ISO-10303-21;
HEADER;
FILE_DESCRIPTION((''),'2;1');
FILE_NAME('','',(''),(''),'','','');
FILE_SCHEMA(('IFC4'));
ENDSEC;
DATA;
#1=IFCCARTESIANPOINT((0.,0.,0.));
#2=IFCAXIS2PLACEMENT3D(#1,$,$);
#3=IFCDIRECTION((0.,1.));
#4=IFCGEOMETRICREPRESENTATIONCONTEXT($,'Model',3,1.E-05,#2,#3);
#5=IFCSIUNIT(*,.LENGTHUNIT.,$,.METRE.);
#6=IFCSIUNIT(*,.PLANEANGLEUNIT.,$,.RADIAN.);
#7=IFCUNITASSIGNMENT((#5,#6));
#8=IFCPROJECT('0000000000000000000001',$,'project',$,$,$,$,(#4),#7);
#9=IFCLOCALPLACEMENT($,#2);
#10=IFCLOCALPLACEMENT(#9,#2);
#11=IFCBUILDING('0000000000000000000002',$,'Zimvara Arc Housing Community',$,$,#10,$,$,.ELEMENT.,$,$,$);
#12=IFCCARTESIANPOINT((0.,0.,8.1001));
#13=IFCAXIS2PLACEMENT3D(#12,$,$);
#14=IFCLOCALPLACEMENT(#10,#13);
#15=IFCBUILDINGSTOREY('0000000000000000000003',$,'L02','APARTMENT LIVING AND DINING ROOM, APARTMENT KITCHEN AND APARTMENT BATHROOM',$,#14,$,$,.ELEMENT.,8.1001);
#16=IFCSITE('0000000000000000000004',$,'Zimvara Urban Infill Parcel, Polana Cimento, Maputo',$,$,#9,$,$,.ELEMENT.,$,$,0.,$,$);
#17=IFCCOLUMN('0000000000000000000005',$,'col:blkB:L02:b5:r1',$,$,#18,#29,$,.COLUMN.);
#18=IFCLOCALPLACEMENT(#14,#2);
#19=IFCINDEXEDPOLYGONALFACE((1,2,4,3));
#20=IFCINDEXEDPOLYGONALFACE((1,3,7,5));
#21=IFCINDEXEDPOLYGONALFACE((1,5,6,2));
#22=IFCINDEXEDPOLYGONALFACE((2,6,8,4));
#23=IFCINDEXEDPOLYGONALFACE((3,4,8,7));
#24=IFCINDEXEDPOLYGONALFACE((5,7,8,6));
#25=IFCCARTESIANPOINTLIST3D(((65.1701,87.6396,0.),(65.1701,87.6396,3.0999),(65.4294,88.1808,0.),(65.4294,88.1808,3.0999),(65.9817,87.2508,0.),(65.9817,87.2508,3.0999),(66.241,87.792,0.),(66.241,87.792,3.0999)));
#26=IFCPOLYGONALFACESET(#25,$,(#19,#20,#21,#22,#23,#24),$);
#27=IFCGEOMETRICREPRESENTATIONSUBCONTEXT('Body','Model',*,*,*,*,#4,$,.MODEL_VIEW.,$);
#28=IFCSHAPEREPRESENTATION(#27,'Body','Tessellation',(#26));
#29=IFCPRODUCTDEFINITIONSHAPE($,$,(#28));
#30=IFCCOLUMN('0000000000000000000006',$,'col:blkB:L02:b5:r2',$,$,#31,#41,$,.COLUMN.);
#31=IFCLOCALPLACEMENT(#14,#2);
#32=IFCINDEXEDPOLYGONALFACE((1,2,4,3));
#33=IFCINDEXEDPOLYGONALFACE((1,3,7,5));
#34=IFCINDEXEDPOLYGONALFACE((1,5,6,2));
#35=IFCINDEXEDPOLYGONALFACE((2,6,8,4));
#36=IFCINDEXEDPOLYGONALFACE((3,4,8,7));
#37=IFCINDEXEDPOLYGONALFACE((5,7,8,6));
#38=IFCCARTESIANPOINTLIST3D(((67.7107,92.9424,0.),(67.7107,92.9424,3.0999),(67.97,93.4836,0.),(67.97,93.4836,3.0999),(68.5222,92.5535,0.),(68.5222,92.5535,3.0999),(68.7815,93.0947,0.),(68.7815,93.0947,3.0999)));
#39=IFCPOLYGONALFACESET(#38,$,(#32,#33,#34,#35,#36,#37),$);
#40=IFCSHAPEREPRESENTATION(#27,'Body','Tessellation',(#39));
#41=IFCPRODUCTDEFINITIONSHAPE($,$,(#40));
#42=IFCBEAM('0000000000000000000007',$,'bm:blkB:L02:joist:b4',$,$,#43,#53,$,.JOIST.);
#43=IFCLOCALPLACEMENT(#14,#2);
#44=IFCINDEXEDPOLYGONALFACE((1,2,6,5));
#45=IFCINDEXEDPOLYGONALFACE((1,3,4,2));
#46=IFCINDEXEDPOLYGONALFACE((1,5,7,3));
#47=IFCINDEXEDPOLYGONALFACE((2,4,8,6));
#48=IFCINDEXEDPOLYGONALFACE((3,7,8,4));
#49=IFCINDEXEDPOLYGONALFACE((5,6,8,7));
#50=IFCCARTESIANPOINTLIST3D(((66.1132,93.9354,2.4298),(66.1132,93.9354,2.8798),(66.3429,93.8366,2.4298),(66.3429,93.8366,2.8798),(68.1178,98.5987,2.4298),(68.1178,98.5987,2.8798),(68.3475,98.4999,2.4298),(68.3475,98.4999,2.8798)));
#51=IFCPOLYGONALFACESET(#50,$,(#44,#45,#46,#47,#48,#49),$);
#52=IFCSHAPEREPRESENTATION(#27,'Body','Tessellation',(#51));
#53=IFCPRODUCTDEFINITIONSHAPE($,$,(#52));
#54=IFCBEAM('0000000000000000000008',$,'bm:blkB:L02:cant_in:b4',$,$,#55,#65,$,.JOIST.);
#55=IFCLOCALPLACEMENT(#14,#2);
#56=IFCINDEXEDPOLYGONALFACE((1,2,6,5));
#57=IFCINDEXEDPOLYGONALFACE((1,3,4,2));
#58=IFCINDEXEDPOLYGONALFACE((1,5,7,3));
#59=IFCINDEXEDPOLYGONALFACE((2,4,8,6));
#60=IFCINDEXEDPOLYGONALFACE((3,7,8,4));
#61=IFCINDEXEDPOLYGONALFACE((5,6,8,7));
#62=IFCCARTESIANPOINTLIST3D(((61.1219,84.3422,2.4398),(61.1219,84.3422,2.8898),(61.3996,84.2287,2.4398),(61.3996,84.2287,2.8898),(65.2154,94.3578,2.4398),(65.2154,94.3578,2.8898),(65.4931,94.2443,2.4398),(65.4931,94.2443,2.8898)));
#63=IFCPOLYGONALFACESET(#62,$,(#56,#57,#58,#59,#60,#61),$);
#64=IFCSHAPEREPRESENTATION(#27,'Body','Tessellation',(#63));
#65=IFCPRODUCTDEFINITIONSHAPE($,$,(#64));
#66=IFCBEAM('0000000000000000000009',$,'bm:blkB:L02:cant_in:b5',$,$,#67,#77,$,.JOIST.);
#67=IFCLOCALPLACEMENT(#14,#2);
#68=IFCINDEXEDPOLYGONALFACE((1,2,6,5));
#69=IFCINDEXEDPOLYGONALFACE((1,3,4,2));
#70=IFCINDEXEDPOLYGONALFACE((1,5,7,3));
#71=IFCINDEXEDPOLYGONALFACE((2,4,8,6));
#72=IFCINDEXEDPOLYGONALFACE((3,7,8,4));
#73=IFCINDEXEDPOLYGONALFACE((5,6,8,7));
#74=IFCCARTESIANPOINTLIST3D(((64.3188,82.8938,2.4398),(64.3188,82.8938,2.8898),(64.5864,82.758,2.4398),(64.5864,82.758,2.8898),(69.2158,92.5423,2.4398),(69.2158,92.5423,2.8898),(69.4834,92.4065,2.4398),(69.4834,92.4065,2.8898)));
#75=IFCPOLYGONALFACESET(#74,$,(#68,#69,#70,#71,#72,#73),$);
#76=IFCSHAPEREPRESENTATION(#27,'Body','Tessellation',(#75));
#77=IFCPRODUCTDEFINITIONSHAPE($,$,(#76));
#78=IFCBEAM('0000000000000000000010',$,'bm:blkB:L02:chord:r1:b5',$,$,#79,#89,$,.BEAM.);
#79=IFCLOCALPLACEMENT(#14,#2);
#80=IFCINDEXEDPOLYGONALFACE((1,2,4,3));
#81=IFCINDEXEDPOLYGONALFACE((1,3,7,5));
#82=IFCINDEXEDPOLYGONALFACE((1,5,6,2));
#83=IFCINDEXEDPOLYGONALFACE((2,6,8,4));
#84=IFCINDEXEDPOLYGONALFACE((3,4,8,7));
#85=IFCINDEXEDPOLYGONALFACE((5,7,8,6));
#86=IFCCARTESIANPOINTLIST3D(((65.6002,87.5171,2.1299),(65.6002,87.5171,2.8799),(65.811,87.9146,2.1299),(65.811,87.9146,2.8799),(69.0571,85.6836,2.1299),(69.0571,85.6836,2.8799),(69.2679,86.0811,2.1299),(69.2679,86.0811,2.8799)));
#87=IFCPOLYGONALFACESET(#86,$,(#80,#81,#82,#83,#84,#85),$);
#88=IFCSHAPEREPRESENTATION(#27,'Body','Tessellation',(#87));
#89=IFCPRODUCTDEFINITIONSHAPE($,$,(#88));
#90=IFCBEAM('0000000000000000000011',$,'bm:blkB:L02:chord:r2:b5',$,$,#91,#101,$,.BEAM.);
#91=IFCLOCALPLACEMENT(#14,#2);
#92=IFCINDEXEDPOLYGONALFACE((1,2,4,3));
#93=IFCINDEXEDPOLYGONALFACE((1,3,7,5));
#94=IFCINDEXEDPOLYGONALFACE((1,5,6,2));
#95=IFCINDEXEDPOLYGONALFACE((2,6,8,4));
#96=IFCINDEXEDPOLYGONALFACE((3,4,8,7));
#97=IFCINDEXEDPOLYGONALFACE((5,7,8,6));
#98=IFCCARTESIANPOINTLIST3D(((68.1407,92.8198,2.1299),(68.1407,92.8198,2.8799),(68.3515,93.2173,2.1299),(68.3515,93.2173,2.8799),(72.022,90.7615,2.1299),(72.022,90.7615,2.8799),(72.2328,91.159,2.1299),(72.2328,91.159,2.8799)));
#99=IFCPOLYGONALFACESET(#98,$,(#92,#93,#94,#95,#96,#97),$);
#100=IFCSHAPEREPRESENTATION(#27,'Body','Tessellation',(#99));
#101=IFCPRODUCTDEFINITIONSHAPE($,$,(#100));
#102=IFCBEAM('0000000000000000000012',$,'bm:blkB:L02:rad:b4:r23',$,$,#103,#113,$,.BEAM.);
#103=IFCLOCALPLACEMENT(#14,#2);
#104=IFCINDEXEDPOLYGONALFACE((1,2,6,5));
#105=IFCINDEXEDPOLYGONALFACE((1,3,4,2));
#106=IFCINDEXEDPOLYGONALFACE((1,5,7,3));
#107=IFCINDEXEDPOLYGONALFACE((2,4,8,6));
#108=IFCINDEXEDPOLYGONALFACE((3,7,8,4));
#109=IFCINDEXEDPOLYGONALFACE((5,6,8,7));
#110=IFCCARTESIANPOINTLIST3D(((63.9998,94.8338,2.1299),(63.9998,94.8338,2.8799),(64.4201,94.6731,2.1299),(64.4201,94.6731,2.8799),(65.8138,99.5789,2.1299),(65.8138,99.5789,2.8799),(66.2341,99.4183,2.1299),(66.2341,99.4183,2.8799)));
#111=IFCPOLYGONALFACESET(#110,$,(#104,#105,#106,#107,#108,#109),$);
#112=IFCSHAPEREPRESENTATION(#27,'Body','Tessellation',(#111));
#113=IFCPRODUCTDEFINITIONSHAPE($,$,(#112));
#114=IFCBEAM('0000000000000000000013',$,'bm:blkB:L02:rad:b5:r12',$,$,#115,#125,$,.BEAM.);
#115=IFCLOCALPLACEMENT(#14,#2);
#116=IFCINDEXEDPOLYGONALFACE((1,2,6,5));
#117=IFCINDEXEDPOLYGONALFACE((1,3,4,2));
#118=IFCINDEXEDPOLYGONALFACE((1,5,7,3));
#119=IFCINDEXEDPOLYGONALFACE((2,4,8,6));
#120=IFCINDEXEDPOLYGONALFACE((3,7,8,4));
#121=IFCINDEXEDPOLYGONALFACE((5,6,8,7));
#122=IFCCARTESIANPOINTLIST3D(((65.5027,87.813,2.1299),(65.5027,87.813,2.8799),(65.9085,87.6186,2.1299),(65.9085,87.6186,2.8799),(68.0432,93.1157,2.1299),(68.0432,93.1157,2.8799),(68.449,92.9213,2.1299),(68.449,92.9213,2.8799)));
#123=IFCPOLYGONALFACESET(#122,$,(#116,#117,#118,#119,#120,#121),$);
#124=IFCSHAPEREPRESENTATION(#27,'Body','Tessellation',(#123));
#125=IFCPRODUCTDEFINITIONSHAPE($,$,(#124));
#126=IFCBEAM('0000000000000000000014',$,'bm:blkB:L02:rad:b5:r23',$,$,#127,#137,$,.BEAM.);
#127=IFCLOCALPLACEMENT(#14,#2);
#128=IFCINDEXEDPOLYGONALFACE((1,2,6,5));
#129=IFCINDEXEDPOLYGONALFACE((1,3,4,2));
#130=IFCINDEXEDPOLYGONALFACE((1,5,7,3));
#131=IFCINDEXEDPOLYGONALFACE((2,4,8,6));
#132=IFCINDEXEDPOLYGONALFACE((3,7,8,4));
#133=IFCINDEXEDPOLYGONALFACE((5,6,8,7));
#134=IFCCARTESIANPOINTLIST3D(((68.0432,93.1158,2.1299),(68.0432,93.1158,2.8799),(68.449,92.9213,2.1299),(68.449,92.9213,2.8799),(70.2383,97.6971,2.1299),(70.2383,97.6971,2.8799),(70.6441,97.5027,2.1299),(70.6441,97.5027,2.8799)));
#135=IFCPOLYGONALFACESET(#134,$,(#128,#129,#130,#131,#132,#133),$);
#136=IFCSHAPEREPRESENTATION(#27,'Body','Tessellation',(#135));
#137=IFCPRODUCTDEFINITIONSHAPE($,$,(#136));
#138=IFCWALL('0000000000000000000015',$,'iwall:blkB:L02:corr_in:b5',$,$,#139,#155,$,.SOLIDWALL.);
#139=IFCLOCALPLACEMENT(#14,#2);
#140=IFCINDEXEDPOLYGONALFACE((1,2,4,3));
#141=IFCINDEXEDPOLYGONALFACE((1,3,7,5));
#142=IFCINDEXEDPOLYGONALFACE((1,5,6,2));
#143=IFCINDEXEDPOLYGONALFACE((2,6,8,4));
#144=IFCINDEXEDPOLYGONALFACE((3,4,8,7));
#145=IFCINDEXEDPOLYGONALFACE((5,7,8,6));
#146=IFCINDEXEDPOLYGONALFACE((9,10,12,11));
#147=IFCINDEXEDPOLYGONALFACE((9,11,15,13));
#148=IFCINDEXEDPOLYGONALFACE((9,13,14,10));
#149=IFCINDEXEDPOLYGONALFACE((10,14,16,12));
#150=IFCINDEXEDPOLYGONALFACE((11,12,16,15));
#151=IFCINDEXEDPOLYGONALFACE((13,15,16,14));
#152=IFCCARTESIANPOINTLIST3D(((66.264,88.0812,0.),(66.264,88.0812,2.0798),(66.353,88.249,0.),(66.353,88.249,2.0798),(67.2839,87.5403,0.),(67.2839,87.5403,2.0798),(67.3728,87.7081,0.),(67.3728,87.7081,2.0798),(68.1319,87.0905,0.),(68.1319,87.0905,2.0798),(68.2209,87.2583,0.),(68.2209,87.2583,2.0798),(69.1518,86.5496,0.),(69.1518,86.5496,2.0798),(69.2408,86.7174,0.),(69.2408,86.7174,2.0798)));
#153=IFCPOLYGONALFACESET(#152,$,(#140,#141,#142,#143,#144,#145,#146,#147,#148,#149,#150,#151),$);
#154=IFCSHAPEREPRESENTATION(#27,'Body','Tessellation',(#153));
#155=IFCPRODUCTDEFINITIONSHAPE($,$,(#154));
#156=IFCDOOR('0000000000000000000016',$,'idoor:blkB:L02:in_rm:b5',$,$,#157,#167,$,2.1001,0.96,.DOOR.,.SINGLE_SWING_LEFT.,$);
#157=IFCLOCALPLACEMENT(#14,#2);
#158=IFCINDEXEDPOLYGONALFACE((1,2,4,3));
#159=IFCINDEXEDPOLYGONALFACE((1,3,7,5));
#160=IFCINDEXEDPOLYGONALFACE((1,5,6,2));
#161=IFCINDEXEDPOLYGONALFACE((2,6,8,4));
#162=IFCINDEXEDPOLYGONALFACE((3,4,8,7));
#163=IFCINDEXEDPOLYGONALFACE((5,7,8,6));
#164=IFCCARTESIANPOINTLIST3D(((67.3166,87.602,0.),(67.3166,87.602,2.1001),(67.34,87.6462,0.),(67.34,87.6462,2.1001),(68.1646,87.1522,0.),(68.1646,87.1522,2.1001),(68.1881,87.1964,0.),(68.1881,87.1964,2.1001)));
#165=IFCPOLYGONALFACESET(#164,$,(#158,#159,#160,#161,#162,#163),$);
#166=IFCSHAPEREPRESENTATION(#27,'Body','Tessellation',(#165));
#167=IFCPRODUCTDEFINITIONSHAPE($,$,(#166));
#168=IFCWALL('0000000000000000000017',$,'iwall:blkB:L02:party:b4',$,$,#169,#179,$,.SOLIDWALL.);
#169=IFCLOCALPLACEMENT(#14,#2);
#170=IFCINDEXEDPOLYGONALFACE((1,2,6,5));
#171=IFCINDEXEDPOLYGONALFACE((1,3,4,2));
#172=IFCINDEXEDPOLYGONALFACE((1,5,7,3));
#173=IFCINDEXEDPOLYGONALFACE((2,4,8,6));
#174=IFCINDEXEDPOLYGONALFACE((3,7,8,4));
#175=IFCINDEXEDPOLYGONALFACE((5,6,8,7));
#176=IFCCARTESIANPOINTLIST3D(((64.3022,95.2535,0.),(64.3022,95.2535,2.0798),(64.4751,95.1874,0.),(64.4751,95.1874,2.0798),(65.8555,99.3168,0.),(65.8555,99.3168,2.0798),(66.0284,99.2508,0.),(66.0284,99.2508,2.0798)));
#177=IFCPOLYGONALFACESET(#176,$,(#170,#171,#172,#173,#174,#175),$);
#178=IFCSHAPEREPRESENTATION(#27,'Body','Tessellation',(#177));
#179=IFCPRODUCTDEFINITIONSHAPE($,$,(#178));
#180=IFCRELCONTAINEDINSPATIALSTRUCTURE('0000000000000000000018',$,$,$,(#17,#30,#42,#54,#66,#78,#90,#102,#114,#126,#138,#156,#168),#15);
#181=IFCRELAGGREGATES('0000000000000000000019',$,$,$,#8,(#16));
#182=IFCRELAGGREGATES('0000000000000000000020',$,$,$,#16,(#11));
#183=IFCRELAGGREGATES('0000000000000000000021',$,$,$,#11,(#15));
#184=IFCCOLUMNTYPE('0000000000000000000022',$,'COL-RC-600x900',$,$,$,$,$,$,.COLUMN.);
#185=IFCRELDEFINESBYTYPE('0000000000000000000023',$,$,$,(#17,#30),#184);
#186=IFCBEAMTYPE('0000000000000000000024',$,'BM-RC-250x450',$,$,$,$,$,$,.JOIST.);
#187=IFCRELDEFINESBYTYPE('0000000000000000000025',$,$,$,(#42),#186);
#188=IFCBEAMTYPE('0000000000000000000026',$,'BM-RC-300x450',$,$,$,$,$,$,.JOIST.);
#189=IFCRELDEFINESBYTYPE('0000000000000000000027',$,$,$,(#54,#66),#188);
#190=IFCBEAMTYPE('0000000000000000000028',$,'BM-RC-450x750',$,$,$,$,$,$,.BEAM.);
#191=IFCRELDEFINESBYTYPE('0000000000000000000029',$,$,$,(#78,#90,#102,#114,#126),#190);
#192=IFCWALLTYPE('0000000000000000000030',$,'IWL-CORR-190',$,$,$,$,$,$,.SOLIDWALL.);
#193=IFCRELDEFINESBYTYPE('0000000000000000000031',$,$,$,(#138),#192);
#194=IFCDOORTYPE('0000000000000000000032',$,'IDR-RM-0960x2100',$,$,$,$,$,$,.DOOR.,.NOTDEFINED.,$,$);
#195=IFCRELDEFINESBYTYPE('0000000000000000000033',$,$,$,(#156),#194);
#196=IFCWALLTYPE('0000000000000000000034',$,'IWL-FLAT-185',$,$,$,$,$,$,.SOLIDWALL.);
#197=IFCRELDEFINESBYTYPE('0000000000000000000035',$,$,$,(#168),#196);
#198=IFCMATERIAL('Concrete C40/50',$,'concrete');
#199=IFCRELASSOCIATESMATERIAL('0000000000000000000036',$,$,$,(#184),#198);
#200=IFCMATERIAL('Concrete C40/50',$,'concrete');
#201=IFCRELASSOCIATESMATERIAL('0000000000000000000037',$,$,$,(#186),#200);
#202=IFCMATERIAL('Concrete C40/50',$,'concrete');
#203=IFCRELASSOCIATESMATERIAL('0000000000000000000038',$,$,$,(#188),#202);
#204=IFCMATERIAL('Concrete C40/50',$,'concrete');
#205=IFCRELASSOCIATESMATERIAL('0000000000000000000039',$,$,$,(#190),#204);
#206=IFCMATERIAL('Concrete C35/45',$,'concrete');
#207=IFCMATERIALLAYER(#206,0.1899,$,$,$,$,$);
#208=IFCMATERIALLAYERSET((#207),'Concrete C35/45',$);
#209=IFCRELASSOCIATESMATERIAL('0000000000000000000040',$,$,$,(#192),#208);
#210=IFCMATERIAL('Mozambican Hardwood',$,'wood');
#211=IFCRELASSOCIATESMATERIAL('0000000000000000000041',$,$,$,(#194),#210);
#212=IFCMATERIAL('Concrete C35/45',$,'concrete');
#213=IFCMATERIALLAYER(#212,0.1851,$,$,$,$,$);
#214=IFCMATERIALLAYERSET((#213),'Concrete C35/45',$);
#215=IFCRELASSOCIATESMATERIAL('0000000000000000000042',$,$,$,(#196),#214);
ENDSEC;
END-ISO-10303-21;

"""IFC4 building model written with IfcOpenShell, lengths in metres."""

from ifc_helpers import new_model, si_unit, direction, frame, frame_2d, origin, origin_2d, place, context, subcontext, project, spatial, rectangle, extrude, material, layer, layer_set, material_profile, profile_set, type_object, element, fill, save


model = new_model("IFC4")

# Units and contexts
model_context = context("Model", 3, precision=1e-05, world=origin(), true_north=direction((0.0, 1.0)))
body_context = subcontext(model_context, "Body", "Model", "MODEL_VIEW")
ifc_project = project(units=[si_unit("LENGTHUNIT", "METRE"), si_unit("PLANEANGLEUNIT", "RADIAN")], contexts=[model_context])

# Site, building, storey
site_placement = place(None, origin())
site = spatial("IfcSite", under=ifc_project, at=site_placement, Name="Zimvara Urban Infill Parcel, Polana Cimento, Maputo", CompositionType="ELEMENT", RefElevation=0.0)
building_placement = place(site_placement, origin())
building = spatial("IfcBuilding", under=site, at=building_placement, Name="Zimvara Arc Housing Community", CompositionType="ELEMENT")
storey_placement = place(building_placement, frame((0.0, 0.0, 8.1001)))
storey = spatial("IfcBuildingStorey", under=building, at=storey_placement, Name="L02", Description="APARTMENT LIVING AND DINING ROOM, APARTMENT KITCHEN AND APARTMENT BATHROOM", CompositionType="ELEMENT", Elevation=8.1001)

# Columns
ifc_material_1 = material(Name="Concrete C40/50", Category="concrete")
ifc_material_profile_1 = material_profile(ifc_material_1, rectangle(XDim=0.6001, YDim=0.8999, at=origin_2d()), Name="RC 600x900")
ifc_profile_set_1 = profile_set([ifc_material_profile_1], Name="Concrete C40/50")
column_type = type_object("IfcColumnType", Name="COL-RC-600x900", PredefinedType="COLUMN", material=ifc_profile_set_1)
for number, where, z_axis, x_axis, name in (
    (1, (65.7056, 87.7158, 0.0), (0.0, 0.0, 1.0), (0.432086, 0.901833, 0.0), "col:blkB:L02:b5:r1"),
    (2, (68.2461, 93.0186, 0.0), (0.0, 0.0, 1.0), (0.432086, 0.901833, 0.0), "col:blkB:L02:b5:r2"),
):
    element("IfcColumn", number, at=place(storey_placement, frame(where, z_axis=z_axis, x_axis=x_axis)), inside=storey, type_object=column_type, Name=name, PredefinedType="COLUMN", context=body_context, shape_type="SweptSolid", body=[
        extrude(rectangle(XDim=0.6001, YDim=0.8999, at=origin_2d()), origin(), (0.0, 0.0, 1.0), 3.0999),
    ])

# Beams
ifc_material_2 = material(Name="Concrete C40/50", Category="concrete")
ifc_material_profile_2 = material_profile(ifc_material_2, rectangle(XDim=0.25, YDim=0.45, at=origin_2d()), Name="RC 250x450")
ifc_profile_set_2 = profile_set([ifc_material_profile_2], Name="Concrete C40/50")
beam_type_1 = type_object("IfcBeamType", Name="BM-RC-250x450", PredefinedType="JOIST", material=ifc_profile_set_2)
beam_1_placement = place(storey_placement, frame((66.228, 93.886, 2.6548), z_axis=(0.394929, 0.918712, 0.0), x_axis=(-0.918712, 0.394929, 0.0)))
element("IfcBeam", 3, at=beam_1_placement, inside=storey, type_object=beam_type_1, Name="bm:blkB:L02:joist:b4", PredefinedType="JOIST", context=body_context, shape_type="SweptSolid", body=[
    extrude(rectangle(XDim=0.25, YDim=0.45, at=origin_2d()), origin(), (0.0, 0.0, 1.0), 5.0759),
])
ifc_material_3 = material(Name="Concrete C40/50", Category="concrete")
ifc_material_profile_3 = material_profile(ifc_material_3, rectangle(XDim=0.3, YDim=0.45, at=origin_2d()), Name="RC 300x450")
ifc_profile_set_3 = profile_set([ifc_material_profile_3], Name="Concrete C40/50")
beam_type_2 = type_object("IfcBeamType", Name="BM-RC-300x450", PredefinedType="JOIST", material=ifc_profile_set_3)
beam_2_placement = place(storey_placement, frame((65.3542, 94.301, 2.6648), z_axis=(-0.378332, -0.92567, 0.0), x_axis=(0.92567, -0.378332, 0.0)))
element("IfcBeam", 4, at=beam_2_placement, inside=storey, type_object=beam_type_2, Name="bm:blkB:L02:cant_in:b4", PredefinedType="JOIST", context=body_context, shape_type="SweptSolid", body=[
    extrude(rectangle(XDim=0.3, YDim=0.45, at=origin_2d()), origin(), (0.0, 0.0, 1.0), 10.8198),
])
beam_3_placement = place(storey_placement, frame((69.3496, 92.4744, 2.6648), z_axis=(-0.452585, -0.891721, 0.0), x_axis=(0.891721, -0.452585, 0.0)))
element("IfcBeam", 5, at=beam_3_placement, inside=storey, type_object=beam_type_2, Name="bm:blkB:L02:cant_in:b5", PredefinedType="JOIST", context=body_context, shape_type="SweptSolid", body=[
    extrude(rectangle(XDim=0.3, YDim=0.45, at=origin_2d()), origin(), (0.0, 0.0, 1.0), 10.8201),
])
ifc_material_4 = material(Name="Concrete C40/50", Category="concrete")
ifc_material_profile_4 = material_profile(ifc_material_4, rectangle(XDim=0.45, YDim=0.75, at=origin_2d()), Name="RC 450x750")
ifc_profile_set_4 = profile_set([ifc_material_profile_4], Name="Concrete C40/50")
beam_type_3 = type_object("IfcBeamType", Name="BM-RC-450x750", PredefinedType="BEAM", material=ifc_profile_set_4)
beam_4_placement = place(storey_placement, frame((65.7056, 87.7158, 2.5049), z_axis=(0.883439, -0.468547, 0.0), x_axis=(0.468547, 0.883439, 0.0)))
element("IfcBeam", 6, at=beam_4_placement, inside=storey, type_object=beam_type_3, Name="bm:blkB:L02:chord:r1:b5", PredefinedType="BEAM", context=body_context, shape_type="SweptSolid", body=[
    extrude(rectangle(XDim=0.45, YDim=0.75, at=origin_2d()), origin(), (0.0, 0.0, 1.0), 3.9131),
])
beam_5_placement = place(storey_placement, frame((68.2461, 93.0186, 2.5049), z_axis=(0.883457, -0.468513, 0.0), x_axis=(0.468513, 0.883457, 0.0)))
element("IfcBeam", 7, at=beam_5_placement, inside=storey, type_object=beam_type_3, Name="bm:blkB:L02:chord:r2:b5", PredefinedType="BEAM", context=body_context, shape_type="SweptSolid", body=[
    extrude(rectangle(XDim=0.45, YDim=0.75, at=origin_2d()), origin(), (0.0, 0.0, 1.0), 4.3933),
])
beam_6_placement = place(storey_placement, frame((64.21, 94.7534, 2.5049), z_axis=(0.357078, 0.934074, 0.0), x_axis=(-0.934074, 0.357078, 0.0)))
element("IfcBeam", 8, at=beam_6_placement, inside=storey, type_object=beam_type_3, Name="bm:blkB:L02:rad:b4:r23", PredefinedType="BEAM", context=body_context, shape_type="SweptSolid", body=[
    extrude(rectangle(XDim=0.45, YDim=0.75, at=origin_2d()), origin(), (0.0, 0.0, 1.0), 5.0801),
])
beam_7_placement = place(storey_placement, frame((65.7056, 87.7158, 2.5049), z_axis=(0.43207, 0.90184, 0.0), x_axis=(-0.90184, 0.43207, 0.0)))
element("IfcBeam", 9, at=beam_7_placement, inside=storey, type_object=beam_type_3, Name="bm:blkB:L02:rad:b5:r12", PredefinedType="BEAM", context=body_context, shape_type="SweptSolid", body=[
    extrude(rectangle(XDim=0.45, YDim=0.75, at=origin_2d()), origin(), (0.0, 0.0, 1.0), 5.8799),
])
beam_8_placement = place(storey_placement, frame((68.2461, 93.0186, 2.5049), z_axis=(0.432098, 0.901827, 0.0), x_axis=(-0.901827, 0.432098, 0.0)))
element("IfcBeam", 10, at=beam_8_placement, inside=storey, type_object=beam_type_3, Name="bm:blkB:L02:rad:b5:r23", PredefinedType="BEAM", context=body_context, shape_type="SweptSolid", body=[
    extrude(rectangle(XDim=0.45, YDim=0.75, at=origin_2d()), origin(), (0.0, 0.0, 1.0), 5.0801),
])

# Wall, opening, door
ifc_material_5 = material(Name="Concrete C35/45", Category="concrete")
ifc_layer_1 = layer(ifc_material_5, 0.1899)
ifc_layer_set_1 = layer_set([ifc_layer_1], Name="Concrete C35/45")
wall_type_1 = type_object("IfcWallType", Name="IWL-CORR-190", PredefinedType="SOLIDWALL", material=ifc_layer_set_1)
wall_1_placement = place(storey_placement, frame((66.3086, 88.165, 0.0), z_axis=(0.0, 0.0, 1.0), x_axis=(0.883444, -0.468536, 0.0)))
wall_1 = element("IfcWall", 11, at=wall_1_placement, inside=storey, type_object=wall_type_1, Name="iwall:blkB:L02:corr_in:b5", PredefinedType="SOLIDWALL", context=body_context, shape_type="SweptSolid", body=[
    extrude(rectangle(XDim=3.2688, YDim=0.1899, at=frame_2d((1.6343, 0.0))), origin(), (0.0, 0.0, 1.0), 2.0798),
])
opening_1_placement = place(wall_1_placement, frame((1.1543, 0.0, 0.0)))
opening_1 = element("IfcOpeningElement", 12, at=opening_1_placement, cuts=wall_1, PredefinedType="OPENING", context=body_context, shape_type="SweptSolid", body=[
    extrude(rectangle(XDim=0.96, YDim=2.1001, at=frame_2d((0.48, 1.05))), frame((0.0, 0.105, 0.0), z_axis=(0.0, -1.0, 0.0), x_axis=(1.0, 0.0, 0.0)), (0.0, 0.0, 1.0), 0.21),
])
ifc_material_6 = material(Name="Mozambican Hardwood", Category="wood")
door_type_1 = type_object("IfcDoorType", Name="IDR-RM-0960x2100", OperationType="NOTDEFINED", PredefinedType="DOOR", material=ifc_material_6)
door_1_placement = place(opening_1_placement, origin())
door_1 = element("IfcDoor", 13, at=door_1_placement, inside=storey, type_object=door_type_1, Name="idoor:blkB:L02:in_rm:b5", OperationType="SINGLE_SWING_LEFT", OverallHeight=2.1001, OverallWidth=0.96, PredefinedType="DOOR", context=body_context, shape_type="SweptSolid", body=[
    extrude(rectangle(XDim=0.96, YDim=2.1001, at=frame_2d((0.48, 1.05))), frame((0.0, 0.0249, 0.0), z_axis=(0.0, -1.0, 0.0), x_axis=(1.0, 0.0, 0.0)), (0.0, 0.0, 1.0), 0.05),
])
fill(opening_1, door_1)

# Wall
ifc_material_7 = material(Name="Concrete C35/45", Category="concrete")
ifc_layer_2 = layer(ifc_material_7, 0.1851)
ifc_layer_set_2 = layer_set([ifc_layer_2], Name="Concrete C35/45")
wall_type_2 = type_object("IfcWallType", Name="IWL-FLAT-185", PredefinedType="SOLIDWALL", material=ifc_layer_set_2)
for number, where, z_axis, x_axis, name in (
    (14, (64.3887, 95.2205, 0.0), (0.0, 0.0, 1.0), (0.357064, 0.93408, 0.0), "iwall:blkB:L02:party:b4"),
):
    element("IfcWall", number, at=place(storey_placement, frame(where, z_axis=z_axis, x_axis=x_axis)), inside=storey, type_object=wall_type_2, Name=name, PredefinedType="SOLIDWALL", context=body_context, shape_type="SweptSolid", body=[
        extrude(rectangle(XDim=4.3501, YDim=0.1851, at=frame_2d((2.175, 0.0))), origin(), (0.0, 0.0, 1.0), 2.0798),
    ])

save(model, "model.ifc")
